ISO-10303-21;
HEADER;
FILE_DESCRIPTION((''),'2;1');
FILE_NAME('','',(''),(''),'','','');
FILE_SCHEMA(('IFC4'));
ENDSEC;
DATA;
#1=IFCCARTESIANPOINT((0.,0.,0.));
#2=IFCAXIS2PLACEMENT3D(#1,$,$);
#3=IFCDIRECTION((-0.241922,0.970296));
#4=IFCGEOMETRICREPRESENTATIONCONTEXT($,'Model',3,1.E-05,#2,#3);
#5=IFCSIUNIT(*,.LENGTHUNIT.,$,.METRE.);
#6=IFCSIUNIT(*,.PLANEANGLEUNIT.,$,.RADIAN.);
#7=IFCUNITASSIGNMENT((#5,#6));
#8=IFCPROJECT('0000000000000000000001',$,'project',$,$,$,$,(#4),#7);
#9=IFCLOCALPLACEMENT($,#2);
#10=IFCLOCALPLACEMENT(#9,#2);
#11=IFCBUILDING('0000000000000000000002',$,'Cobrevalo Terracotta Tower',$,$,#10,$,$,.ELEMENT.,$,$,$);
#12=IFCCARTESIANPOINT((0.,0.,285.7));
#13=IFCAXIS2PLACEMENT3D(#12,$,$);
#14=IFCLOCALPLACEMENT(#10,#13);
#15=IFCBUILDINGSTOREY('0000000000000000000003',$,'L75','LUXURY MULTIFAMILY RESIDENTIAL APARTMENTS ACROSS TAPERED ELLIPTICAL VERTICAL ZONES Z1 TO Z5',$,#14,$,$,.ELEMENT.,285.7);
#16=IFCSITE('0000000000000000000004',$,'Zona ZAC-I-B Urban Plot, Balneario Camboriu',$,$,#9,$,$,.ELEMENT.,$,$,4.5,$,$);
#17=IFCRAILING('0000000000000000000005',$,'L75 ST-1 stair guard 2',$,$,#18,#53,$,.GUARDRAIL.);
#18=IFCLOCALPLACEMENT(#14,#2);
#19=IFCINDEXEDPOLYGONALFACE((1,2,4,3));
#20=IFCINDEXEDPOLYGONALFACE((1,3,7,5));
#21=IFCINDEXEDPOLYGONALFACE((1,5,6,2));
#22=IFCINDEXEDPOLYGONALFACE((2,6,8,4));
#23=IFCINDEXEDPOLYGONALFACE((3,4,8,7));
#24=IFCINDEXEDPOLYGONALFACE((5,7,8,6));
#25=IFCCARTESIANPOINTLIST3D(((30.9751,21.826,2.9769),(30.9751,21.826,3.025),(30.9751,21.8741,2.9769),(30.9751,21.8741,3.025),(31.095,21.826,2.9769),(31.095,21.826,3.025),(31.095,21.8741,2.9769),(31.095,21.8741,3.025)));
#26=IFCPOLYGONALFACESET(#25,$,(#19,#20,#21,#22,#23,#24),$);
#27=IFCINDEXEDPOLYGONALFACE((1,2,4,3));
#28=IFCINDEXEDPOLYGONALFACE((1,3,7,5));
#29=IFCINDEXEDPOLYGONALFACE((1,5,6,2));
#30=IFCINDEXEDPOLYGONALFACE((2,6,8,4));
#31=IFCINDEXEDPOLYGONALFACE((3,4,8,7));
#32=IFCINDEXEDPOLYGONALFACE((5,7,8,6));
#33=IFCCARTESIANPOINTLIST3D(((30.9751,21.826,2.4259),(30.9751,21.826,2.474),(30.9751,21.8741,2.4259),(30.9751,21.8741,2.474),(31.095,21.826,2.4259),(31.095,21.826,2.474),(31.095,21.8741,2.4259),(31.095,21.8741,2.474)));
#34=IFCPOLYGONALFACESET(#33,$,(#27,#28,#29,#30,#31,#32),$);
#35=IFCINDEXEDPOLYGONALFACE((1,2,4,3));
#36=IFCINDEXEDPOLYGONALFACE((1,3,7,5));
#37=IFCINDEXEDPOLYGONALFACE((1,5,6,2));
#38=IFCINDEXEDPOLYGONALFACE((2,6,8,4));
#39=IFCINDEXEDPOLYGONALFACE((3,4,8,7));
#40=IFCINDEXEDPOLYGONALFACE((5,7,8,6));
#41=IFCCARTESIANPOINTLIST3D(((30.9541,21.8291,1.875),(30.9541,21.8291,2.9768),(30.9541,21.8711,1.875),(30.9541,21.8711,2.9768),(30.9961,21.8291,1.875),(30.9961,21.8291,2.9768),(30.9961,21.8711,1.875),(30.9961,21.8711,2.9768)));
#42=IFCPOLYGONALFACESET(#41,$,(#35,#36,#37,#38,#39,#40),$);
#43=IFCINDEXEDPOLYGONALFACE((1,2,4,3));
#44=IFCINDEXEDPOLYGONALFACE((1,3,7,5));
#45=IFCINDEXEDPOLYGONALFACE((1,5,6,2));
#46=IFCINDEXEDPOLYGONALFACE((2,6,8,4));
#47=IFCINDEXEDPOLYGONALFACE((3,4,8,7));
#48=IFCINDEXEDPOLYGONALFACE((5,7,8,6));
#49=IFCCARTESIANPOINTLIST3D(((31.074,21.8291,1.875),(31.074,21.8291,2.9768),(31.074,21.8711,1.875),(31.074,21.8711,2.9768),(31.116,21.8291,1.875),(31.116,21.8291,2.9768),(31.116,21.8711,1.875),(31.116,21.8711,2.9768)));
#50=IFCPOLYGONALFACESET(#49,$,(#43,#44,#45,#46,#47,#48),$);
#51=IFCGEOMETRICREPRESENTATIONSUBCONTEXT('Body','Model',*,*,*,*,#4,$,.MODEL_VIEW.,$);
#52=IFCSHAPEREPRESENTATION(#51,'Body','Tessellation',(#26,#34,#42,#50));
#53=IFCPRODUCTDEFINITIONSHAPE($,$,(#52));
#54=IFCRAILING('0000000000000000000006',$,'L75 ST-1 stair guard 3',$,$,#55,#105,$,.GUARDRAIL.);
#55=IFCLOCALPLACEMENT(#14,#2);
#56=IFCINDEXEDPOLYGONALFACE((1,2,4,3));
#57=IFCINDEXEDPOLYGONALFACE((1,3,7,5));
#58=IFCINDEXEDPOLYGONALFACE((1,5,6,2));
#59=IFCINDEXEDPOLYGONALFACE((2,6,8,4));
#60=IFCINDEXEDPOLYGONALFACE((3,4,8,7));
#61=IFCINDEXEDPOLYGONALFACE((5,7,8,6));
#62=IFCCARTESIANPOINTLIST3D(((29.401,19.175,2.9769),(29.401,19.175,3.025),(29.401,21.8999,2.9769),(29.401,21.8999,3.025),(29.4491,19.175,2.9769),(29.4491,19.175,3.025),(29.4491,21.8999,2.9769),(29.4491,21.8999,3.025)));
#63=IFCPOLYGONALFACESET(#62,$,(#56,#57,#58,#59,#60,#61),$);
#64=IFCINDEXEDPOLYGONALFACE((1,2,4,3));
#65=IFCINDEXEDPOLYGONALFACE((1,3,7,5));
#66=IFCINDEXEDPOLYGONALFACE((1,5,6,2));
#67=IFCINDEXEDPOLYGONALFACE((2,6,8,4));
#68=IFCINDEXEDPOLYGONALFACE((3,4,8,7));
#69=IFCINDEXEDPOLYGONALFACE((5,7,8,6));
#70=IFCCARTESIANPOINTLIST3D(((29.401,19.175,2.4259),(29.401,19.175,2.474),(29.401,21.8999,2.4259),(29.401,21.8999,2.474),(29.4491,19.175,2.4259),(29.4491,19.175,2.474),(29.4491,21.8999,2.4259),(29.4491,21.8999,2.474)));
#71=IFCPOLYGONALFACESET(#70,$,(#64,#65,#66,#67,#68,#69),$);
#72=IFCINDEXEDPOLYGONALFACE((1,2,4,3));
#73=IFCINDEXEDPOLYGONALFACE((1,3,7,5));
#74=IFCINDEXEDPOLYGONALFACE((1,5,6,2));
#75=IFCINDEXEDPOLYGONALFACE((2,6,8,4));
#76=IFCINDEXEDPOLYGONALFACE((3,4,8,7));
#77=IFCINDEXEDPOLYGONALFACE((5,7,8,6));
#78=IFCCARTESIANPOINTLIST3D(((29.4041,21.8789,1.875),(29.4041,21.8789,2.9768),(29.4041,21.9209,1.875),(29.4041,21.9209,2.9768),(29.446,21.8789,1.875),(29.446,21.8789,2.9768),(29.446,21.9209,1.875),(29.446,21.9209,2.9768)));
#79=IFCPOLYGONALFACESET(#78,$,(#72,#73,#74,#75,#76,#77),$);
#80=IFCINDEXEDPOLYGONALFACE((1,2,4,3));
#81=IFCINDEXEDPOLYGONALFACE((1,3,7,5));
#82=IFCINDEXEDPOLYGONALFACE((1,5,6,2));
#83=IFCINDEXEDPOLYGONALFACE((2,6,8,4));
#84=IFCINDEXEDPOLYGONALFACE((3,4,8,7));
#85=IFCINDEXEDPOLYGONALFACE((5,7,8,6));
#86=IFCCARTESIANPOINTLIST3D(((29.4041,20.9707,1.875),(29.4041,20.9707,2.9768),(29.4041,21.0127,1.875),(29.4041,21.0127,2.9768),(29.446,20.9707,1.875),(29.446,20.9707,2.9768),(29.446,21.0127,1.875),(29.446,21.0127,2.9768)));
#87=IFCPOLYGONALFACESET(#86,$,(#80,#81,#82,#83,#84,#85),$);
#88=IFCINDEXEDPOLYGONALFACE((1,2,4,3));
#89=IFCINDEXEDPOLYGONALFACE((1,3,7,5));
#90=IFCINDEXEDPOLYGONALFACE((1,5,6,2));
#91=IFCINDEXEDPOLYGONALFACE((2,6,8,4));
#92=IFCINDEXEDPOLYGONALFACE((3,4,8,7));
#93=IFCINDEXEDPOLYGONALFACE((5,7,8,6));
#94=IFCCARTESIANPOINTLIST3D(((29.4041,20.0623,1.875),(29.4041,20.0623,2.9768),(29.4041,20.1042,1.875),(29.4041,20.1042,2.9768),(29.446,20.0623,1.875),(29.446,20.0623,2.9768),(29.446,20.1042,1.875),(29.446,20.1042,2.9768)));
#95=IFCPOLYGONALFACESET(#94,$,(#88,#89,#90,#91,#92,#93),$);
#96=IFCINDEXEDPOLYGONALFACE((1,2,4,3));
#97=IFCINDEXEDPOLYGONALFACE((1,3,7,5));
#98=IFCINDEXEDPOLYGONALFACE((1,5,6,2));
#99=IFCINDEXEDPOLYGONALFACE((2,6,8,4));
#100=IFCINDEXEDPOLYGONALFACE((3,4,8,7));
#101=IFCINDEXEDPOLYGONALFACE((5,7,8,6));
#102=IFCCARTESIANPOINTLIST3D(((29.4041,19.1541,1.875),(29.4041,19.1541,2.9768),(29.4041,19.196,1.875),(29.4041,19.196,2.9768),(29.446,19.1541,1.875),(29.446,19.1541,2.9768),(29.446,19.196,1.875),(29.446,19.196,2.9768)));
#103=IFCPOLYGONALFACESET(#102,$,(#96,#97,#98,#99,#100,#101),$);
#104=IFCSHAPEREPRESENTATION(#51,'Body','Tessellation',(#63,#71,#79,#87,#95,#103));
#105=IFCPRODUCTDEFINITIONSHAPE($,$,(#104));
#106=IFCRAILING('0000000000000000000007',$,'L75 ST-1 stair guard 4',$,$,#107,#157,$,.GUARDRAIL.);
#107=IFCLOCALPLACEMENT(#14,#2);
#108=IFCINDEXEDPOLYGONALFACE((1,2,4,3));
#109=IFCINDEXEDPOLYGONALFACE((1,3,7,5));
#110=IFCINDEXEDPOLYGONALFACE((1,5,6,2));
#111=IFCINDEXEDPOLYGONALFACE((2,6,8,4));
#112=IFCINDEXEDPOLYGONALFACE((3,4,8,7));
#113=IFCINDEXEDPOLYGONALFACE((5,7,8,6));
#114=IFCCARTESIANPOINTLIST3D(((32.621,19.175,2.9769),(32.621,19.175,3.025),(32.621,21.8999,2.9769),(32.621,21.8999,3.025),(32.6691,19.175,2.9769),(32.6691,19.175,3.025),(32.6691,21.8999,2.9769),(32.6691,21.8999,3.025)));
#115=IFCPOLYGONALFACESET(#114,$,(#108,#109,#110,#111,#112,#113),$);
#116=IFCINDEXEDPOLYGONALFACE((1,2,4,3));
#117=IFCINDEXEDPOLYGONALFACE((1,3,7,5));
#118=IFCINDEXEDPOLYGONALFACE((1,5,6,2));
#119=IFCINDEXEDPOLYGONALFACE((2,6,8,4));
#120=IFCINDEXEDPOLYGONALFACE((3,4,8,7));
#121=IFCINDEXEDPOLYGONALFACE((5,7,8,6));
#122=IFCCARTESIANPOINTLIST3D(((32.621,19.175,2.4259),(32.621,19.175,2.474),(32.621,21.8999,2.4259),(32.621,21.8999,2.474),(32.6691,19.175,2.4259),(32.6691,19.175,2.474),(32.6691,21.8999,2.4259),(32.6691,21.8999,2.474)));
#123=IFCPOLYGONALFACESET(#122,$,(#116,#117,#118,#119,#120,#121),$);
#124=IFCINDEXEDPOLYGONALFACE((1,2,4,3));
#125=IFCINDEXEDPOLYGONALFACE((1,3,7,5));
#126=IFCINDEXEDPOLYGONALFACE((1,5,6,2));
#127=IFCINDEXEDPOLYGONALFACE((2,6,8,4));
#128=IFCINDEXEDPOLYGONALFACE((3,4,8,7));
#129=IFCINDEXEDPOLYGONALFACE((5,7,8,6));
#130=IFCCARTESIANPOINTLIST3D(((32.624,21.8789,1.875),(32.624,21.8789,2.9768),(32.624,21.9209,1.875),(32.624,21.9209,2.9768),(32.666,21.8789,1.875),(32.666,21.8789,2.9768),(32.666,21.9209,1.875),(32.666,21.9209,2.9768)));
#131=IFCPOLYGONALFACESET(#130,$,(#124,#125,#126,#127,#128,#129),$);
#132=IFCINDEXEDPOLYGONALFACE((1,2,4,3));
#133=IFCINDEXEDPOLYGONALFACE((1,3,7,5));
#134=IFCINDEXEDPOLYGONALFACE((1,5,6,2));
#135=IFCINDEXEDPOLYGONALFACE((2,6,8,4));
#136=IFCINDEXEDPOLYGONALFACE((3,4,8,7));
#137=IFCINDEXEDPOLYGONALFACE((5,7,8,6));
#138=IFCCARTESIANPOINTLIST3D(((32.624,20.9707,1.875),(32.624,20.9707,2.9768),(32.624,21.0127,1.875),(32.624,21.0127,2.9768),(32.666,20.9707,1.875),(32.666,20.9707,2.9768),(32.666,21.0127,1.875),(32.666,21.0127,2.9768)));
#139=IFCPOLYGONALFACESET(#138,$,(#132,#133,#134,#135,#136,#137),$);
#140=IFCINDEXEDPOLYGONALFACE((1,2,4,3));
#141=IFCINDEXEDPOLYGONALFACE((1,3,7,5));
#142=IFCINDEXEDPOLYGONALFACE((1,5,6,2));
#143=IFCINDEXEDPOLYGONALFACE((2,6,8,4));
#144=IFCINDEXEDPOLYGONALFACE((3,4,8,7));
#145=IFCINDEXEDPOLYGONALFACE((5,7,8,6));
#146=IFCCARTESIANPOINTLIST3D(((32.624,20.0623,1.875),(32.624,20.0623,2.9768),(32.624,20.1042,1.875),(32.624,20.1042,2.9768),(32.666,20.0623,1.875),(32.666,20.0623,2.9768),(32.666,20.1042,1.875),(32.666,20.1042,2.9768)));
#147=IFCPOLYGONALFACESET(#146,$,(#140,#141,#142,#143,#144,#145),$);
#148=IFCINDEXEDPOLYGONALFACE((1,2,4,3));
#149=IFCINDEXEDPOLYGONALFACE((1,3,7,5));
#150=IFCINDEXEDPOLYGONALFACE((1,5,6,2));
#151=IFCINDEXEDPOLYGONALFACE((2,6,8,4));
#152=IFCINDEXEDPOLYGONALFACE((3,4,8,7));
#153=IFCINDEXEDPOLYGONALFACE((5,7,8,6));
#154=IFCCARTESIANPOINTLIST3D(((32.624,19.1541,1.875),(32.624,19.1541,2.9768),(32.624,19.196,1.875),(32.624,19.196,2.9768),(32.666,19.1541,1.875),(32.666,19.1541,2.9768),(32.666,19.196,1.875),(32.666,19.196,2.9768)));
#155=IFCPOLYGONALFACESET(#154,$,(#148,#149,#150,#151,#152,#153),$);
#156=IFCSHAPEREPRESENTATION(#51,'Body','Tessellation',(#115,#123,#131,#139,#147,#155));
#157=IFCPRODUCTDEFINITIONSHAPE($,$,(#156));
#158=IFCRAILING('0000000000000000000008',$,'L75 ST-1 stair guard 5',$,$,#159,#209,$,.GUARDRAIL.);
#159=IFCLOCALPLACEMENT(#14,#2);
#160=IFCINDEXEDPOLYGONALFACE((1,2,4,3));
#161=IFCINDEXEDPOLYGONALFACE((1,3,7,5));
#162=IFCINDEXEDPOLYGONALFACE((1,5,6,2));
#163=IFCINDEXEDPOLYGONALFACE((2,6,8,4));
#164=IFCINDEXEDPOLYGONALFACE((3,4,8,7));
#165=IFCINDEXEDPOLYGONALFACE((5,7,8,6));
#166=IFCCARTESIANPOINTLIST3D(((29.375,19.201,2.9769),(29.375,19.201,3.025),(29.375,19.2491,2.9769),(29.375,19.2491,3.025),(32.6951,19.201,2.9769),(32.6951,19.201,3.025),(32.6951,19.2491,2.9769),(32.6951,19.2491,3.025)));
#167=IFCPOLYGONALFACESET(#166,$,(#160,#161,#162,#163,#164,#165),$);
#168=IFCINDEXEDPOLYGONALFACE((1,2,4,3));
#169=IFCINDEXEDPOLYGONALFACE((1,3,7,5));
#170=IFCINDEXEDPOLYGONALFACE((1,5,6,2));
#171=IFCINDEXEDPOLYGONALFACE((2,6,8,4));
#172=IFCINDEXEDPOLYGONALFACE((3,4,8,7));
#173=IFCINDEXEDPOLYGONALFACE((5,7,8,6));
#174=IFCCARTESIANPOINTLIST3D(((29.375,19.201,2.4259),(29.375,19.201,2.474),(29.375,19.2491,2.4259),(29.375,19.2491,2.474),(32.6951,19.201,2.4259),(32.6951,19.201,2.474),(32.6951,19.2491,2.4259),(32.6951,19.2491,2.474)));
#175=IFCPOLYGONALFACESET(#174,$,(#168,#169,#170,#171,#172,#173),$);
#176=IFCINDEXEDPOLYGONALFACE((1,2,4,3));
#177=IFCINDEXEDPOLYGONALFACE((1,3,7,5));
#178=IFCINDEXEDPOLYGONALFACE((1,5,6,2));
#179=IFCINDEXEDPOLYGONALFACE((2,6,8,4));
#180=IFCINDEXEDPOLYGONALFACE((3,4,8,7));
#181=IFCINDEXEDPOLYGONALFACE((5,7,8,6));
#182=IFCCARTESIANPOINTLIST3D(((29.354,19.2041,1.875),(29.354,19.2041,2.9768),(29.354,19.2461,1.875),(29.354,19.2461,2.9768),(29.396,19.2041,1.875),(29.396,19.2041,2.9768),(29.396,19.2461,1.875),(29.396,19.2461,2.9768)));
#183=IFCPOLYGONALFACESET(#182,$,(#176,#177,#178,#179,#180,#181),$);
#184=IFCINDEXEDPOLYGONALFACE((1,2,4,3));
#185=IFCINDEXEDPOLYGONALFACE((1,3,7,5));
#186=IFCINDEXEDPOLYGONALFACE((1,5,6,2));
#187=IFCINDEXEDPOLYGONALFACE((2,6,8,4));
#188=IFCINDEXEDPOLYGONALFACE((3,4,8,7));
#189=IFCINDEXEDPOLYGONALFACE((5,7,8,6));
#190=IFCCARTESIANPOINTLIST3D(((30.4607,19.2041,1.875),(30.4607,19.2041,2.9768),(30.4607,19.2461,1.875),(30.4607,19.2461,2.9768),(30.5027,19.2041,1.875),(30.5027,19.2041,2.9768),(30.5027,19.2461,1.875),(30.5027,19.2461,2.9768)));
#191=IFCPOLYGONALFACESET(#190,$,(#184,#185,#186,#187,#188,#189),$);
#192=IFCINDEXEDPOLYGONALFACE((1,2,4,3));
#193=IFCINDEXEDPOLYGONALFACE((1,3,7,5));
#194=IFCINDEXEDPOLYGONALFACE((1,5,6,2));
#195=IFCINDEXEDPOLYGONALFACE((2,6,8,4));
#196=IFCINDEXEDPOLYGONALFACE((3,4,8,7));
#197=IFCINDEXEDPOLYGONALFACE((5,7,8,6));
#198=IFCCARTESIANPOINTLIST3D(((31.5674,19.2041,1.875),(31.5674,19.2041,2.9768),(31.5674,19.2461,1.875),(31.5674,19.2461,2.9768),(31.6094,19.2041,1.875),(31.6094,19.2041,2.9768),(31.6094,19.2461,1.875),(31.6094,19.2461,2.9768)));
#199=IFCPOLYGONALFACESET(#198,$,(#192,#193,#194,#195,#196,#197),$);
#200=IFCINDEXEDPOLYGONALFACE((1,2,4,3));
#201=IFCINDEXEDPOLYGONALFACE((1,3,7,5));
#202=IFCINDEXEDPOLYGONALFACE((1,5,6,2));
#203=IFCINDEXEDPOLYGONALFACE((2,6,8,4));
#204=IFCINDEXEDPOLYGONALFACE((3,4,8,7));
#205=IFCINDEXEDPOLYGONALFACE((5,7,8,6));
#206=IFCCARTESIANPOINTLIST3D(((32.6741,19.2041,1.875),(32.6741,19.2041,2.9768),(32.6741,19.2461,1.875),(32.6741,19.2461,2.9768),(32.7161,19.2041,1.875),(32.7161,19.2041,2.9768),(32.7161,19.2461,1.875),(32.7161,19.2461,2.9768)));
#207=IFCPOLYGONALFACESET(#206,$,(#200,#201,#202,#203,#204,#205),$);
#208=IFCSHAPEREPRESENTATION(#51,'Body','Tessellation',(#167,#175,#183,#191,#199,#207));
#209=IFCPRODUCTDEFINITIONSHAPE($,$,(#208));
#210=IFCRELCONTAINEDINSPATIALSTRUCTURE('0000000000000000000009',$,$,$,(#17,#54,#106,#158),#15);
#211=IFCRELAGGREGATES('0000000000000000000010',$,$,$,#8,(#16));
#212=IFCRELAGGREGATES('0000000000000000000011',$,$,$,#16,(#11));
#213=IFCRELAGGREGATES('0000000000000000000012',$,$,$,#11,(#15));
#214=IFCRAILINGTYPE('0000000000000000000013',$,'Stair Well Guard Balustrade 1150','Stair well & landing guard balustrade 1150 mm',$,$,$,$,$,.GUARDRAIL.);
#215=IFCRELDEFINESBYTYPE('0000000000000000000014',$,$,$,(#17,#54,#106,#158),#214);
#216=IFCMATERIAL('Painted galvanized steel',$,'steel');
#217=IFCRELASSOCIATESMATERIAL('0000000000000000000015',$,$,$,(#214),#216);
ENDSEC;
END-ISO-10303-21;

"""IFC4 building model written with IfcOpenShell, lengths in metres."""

from ifc_helpers import new_model, si_unit, direction, frame, origin, origin_2d, place, context, subcontext, project, spatial, rectangle, extrude, material, type_object, element, save


model = new_model("IFC4")

# Units and contexts
model_context = context("Model", 3, precision=1e-05, world=origin(), true_north=direction((-0.241922, 0.970296)))
body_context = subcontext(model_context, "Body", "Model", "MODEL_VIEW")
ifc_project = project(units=[si_unit("LENGTHUNIT", "METRE"), si_unit("PLANEANGLEUNIT", "RADIAN")], contexts=[model_context])

# Site, building, storey
site_placement = place(None, origin())
site = spatial("IfcSite", under=ifc_project, at=site_placement, Name="Zona ZAC-I-B Urban Plot, Balneario Camboriu", CompositionType="ELEMENT", RefElevation=4.5)
building_placement = place(site_placement, origin())
building = spatial("IfcBuilding", under=site, at=building_placement, Name="Cobrevalo Terracotta Tower", CompositionType="ELEMENT")
storey_placement = place(building_placement, frame((0.0, 0.0, 285.7)))
storey = spatial("IfcBuildingStorey", under=building, at=storey_placement, Name="L75", Description="LUXURY MULTIFAMILY RESIDENTIAL APARTMENTS ACROSS TAPERED ELLIPTICAL VERTICAL ZONES Z1 TO Z5", CompositionType="ELEMENT", Elevation=285.7)

# Railings
ifc_material_1 = material(Name="Painted galvanized steel", Category="steel")
railing_type_1 = type_object("IfcRailingType", Name="Stair Well Guard Balustrade 1150", Description="Stair well & landing guard balustrade 1150 mm", PredefinedType="GUARDRAIL", material=ifc_material_1)
railing_1_placement = place(storey_placement, frame((30.9751, 21.8501, 1.875)))
element("IfcRailing", 1, at=railing_1_placement, inside=storey, type_object=railing_type_1, Name="L75 ST-1 stair guard 2", PredefinedType="GUARDRAIL", context=body_context, shape_type="SweptSolid", body=[
    extrude(rectangle(XDim=0.0481, YDim=0.0481, at=origin_2d()), frame((0.0, 0.0, 1.126), z_axis=(1.0, 0.0, 0.0), x_axis=(0.0, 1.0, 0.0)), (0.0, 0.0, 1.0), 0.1199),
    extrude(rectangle(XDim=0.0481, YDim=0.0481, at=origin_2d()), frame((0.0, 0.0, 0.575), z_axis=(1.0, 0.0, 0.0), x_axis=(0.0, 1.0, 0.0)), (0.0, 0.0, 1.0), 0.1199),
    extrude(rectangle(XDim=0.042, YDim=0.042, at=origin_2d()), origin(), (0.0, 0.0, 1.0), 1.1018),
    extrude(rectangle(XDim=0.042, YDim=0.042, at=origin_2d()), frame((0.1199, 0.0, 0.0)), (0.0, 0.0, 1.0), 1.1018),
])
for number, where, name in (
    (2, (29.425, 21.8999, 1.875), "L75 ST-1 stair guard 3"),
    (3, (32.645, 21.8999, 1.875), "L75 ST-1 stair guard 4"),
):
    element("IfcRailing", number, at=place(storey_placement, frame(where)), inside=storey, type_object=railing_type_1, Name=name, PredefinedType="GUARDRAIL", context=body_context, shape_type="SweptSolid", body=[
        extrude(rectangle(XDim=0.0481, YDim=0.0481, at=origin_2d()), frame((0.0, 0.0, 1.126), z_axis=(0.0, -1.0, 0.0), x_axis=(1.0, 0.0, 0.0)), (0.0, 0.0, 1.0), 2.7249),
        extrude(rectangle(XDim=0.0481, YDim=0.0481, at=origin_2d()), frame((0.0, 0.0, 0.575), z_axis=(0.0, -1.0, 0.0), x_axis=(1.0, 0.0, 0.0)), (0.0, 0.0, 1.0), 2.7249),
        extrude(rectangle(XDim=0.042, YDim=0.042, at=origin_2d()), origin(), (0.0, 0.0, 1.0), 1.1018),
        extrude(rectangle(XDim=0.042, YDim=0.042, at=origin_2d()), frame((0.0, -0.9082, 0.0)), (0.0, 0.0, 1.0), 1.1018),
        extrude(rectangle(XDim=0.042, YDim=0.042, at=origin_2d()), frame((0.0, -1.8167, 0.0)), (0.0, 0.0, 1.0), 1.1018),
        extrude(rectangle(XDim=0.042, YDim=0.042, at=origin_2d()), frame((0.0, -2.7249, 0.0)), (0.0, 0.0, 1.0), 1.1018),
    ])
railing_2_placement = place(storey_placement, frame((29.375, 19.2251, 1.875)))
element("IfcRailing", 4, at=railing_2_placement, inside=storey, type_object=railing_type_1, Name="L75 ST-1 stair guard 5", PredefinedType="GUARDRAIL", context=body_context, shape_type="SweptSolid", body=[
    extrude(rectangle(XDim=0.0481, YDim=0.0481, at=origin_2d()), frame((0.0, 0.0, 1.126), z_axis=(1.0, 0.0, 0.0), x_axis=(0.0, 1.0, 0.0)), (0.0, 0.0, 1.0), 3.3201),
    extrude(rectangle(XDim=0.0481, YDim=0.0481, at=origin_2d()), frame((0.0, 0.0, 0.575), z_axis=(1.0, 0.0, 0.0), x_axis=(0.0, 1.0, 0.0)), (0.0, 0.0, 1.0), 3.3201),
    extrude(rectangle(XDim=0.042, YDim=0.042, at=origin_2d()), origin(), (0.0, 0.0, 1.0), 1.1018),
    extrude(rectangle(XDim=0.042, YDim=0.042, at=origin_2d()), frame((1.1067, 0.0, 0.0)), (0.0, 0.0, 1.0), 1.1018),
    extrude(rectangle(XDim=0.042, YDim=0.042, at=origin_2d()), frame((2.2134, 0.0, 0.0)), (0.0, 0.0, 1.0), 1.1018),
    extrude(rectangle(XDim=0.042, YDim=0.042, at=origin_2d()), frame((3.3201, 0.0, 0.0)), (0.0, 0.0, 1.0), 1.1018),
])

save(model, "model.ifc")
